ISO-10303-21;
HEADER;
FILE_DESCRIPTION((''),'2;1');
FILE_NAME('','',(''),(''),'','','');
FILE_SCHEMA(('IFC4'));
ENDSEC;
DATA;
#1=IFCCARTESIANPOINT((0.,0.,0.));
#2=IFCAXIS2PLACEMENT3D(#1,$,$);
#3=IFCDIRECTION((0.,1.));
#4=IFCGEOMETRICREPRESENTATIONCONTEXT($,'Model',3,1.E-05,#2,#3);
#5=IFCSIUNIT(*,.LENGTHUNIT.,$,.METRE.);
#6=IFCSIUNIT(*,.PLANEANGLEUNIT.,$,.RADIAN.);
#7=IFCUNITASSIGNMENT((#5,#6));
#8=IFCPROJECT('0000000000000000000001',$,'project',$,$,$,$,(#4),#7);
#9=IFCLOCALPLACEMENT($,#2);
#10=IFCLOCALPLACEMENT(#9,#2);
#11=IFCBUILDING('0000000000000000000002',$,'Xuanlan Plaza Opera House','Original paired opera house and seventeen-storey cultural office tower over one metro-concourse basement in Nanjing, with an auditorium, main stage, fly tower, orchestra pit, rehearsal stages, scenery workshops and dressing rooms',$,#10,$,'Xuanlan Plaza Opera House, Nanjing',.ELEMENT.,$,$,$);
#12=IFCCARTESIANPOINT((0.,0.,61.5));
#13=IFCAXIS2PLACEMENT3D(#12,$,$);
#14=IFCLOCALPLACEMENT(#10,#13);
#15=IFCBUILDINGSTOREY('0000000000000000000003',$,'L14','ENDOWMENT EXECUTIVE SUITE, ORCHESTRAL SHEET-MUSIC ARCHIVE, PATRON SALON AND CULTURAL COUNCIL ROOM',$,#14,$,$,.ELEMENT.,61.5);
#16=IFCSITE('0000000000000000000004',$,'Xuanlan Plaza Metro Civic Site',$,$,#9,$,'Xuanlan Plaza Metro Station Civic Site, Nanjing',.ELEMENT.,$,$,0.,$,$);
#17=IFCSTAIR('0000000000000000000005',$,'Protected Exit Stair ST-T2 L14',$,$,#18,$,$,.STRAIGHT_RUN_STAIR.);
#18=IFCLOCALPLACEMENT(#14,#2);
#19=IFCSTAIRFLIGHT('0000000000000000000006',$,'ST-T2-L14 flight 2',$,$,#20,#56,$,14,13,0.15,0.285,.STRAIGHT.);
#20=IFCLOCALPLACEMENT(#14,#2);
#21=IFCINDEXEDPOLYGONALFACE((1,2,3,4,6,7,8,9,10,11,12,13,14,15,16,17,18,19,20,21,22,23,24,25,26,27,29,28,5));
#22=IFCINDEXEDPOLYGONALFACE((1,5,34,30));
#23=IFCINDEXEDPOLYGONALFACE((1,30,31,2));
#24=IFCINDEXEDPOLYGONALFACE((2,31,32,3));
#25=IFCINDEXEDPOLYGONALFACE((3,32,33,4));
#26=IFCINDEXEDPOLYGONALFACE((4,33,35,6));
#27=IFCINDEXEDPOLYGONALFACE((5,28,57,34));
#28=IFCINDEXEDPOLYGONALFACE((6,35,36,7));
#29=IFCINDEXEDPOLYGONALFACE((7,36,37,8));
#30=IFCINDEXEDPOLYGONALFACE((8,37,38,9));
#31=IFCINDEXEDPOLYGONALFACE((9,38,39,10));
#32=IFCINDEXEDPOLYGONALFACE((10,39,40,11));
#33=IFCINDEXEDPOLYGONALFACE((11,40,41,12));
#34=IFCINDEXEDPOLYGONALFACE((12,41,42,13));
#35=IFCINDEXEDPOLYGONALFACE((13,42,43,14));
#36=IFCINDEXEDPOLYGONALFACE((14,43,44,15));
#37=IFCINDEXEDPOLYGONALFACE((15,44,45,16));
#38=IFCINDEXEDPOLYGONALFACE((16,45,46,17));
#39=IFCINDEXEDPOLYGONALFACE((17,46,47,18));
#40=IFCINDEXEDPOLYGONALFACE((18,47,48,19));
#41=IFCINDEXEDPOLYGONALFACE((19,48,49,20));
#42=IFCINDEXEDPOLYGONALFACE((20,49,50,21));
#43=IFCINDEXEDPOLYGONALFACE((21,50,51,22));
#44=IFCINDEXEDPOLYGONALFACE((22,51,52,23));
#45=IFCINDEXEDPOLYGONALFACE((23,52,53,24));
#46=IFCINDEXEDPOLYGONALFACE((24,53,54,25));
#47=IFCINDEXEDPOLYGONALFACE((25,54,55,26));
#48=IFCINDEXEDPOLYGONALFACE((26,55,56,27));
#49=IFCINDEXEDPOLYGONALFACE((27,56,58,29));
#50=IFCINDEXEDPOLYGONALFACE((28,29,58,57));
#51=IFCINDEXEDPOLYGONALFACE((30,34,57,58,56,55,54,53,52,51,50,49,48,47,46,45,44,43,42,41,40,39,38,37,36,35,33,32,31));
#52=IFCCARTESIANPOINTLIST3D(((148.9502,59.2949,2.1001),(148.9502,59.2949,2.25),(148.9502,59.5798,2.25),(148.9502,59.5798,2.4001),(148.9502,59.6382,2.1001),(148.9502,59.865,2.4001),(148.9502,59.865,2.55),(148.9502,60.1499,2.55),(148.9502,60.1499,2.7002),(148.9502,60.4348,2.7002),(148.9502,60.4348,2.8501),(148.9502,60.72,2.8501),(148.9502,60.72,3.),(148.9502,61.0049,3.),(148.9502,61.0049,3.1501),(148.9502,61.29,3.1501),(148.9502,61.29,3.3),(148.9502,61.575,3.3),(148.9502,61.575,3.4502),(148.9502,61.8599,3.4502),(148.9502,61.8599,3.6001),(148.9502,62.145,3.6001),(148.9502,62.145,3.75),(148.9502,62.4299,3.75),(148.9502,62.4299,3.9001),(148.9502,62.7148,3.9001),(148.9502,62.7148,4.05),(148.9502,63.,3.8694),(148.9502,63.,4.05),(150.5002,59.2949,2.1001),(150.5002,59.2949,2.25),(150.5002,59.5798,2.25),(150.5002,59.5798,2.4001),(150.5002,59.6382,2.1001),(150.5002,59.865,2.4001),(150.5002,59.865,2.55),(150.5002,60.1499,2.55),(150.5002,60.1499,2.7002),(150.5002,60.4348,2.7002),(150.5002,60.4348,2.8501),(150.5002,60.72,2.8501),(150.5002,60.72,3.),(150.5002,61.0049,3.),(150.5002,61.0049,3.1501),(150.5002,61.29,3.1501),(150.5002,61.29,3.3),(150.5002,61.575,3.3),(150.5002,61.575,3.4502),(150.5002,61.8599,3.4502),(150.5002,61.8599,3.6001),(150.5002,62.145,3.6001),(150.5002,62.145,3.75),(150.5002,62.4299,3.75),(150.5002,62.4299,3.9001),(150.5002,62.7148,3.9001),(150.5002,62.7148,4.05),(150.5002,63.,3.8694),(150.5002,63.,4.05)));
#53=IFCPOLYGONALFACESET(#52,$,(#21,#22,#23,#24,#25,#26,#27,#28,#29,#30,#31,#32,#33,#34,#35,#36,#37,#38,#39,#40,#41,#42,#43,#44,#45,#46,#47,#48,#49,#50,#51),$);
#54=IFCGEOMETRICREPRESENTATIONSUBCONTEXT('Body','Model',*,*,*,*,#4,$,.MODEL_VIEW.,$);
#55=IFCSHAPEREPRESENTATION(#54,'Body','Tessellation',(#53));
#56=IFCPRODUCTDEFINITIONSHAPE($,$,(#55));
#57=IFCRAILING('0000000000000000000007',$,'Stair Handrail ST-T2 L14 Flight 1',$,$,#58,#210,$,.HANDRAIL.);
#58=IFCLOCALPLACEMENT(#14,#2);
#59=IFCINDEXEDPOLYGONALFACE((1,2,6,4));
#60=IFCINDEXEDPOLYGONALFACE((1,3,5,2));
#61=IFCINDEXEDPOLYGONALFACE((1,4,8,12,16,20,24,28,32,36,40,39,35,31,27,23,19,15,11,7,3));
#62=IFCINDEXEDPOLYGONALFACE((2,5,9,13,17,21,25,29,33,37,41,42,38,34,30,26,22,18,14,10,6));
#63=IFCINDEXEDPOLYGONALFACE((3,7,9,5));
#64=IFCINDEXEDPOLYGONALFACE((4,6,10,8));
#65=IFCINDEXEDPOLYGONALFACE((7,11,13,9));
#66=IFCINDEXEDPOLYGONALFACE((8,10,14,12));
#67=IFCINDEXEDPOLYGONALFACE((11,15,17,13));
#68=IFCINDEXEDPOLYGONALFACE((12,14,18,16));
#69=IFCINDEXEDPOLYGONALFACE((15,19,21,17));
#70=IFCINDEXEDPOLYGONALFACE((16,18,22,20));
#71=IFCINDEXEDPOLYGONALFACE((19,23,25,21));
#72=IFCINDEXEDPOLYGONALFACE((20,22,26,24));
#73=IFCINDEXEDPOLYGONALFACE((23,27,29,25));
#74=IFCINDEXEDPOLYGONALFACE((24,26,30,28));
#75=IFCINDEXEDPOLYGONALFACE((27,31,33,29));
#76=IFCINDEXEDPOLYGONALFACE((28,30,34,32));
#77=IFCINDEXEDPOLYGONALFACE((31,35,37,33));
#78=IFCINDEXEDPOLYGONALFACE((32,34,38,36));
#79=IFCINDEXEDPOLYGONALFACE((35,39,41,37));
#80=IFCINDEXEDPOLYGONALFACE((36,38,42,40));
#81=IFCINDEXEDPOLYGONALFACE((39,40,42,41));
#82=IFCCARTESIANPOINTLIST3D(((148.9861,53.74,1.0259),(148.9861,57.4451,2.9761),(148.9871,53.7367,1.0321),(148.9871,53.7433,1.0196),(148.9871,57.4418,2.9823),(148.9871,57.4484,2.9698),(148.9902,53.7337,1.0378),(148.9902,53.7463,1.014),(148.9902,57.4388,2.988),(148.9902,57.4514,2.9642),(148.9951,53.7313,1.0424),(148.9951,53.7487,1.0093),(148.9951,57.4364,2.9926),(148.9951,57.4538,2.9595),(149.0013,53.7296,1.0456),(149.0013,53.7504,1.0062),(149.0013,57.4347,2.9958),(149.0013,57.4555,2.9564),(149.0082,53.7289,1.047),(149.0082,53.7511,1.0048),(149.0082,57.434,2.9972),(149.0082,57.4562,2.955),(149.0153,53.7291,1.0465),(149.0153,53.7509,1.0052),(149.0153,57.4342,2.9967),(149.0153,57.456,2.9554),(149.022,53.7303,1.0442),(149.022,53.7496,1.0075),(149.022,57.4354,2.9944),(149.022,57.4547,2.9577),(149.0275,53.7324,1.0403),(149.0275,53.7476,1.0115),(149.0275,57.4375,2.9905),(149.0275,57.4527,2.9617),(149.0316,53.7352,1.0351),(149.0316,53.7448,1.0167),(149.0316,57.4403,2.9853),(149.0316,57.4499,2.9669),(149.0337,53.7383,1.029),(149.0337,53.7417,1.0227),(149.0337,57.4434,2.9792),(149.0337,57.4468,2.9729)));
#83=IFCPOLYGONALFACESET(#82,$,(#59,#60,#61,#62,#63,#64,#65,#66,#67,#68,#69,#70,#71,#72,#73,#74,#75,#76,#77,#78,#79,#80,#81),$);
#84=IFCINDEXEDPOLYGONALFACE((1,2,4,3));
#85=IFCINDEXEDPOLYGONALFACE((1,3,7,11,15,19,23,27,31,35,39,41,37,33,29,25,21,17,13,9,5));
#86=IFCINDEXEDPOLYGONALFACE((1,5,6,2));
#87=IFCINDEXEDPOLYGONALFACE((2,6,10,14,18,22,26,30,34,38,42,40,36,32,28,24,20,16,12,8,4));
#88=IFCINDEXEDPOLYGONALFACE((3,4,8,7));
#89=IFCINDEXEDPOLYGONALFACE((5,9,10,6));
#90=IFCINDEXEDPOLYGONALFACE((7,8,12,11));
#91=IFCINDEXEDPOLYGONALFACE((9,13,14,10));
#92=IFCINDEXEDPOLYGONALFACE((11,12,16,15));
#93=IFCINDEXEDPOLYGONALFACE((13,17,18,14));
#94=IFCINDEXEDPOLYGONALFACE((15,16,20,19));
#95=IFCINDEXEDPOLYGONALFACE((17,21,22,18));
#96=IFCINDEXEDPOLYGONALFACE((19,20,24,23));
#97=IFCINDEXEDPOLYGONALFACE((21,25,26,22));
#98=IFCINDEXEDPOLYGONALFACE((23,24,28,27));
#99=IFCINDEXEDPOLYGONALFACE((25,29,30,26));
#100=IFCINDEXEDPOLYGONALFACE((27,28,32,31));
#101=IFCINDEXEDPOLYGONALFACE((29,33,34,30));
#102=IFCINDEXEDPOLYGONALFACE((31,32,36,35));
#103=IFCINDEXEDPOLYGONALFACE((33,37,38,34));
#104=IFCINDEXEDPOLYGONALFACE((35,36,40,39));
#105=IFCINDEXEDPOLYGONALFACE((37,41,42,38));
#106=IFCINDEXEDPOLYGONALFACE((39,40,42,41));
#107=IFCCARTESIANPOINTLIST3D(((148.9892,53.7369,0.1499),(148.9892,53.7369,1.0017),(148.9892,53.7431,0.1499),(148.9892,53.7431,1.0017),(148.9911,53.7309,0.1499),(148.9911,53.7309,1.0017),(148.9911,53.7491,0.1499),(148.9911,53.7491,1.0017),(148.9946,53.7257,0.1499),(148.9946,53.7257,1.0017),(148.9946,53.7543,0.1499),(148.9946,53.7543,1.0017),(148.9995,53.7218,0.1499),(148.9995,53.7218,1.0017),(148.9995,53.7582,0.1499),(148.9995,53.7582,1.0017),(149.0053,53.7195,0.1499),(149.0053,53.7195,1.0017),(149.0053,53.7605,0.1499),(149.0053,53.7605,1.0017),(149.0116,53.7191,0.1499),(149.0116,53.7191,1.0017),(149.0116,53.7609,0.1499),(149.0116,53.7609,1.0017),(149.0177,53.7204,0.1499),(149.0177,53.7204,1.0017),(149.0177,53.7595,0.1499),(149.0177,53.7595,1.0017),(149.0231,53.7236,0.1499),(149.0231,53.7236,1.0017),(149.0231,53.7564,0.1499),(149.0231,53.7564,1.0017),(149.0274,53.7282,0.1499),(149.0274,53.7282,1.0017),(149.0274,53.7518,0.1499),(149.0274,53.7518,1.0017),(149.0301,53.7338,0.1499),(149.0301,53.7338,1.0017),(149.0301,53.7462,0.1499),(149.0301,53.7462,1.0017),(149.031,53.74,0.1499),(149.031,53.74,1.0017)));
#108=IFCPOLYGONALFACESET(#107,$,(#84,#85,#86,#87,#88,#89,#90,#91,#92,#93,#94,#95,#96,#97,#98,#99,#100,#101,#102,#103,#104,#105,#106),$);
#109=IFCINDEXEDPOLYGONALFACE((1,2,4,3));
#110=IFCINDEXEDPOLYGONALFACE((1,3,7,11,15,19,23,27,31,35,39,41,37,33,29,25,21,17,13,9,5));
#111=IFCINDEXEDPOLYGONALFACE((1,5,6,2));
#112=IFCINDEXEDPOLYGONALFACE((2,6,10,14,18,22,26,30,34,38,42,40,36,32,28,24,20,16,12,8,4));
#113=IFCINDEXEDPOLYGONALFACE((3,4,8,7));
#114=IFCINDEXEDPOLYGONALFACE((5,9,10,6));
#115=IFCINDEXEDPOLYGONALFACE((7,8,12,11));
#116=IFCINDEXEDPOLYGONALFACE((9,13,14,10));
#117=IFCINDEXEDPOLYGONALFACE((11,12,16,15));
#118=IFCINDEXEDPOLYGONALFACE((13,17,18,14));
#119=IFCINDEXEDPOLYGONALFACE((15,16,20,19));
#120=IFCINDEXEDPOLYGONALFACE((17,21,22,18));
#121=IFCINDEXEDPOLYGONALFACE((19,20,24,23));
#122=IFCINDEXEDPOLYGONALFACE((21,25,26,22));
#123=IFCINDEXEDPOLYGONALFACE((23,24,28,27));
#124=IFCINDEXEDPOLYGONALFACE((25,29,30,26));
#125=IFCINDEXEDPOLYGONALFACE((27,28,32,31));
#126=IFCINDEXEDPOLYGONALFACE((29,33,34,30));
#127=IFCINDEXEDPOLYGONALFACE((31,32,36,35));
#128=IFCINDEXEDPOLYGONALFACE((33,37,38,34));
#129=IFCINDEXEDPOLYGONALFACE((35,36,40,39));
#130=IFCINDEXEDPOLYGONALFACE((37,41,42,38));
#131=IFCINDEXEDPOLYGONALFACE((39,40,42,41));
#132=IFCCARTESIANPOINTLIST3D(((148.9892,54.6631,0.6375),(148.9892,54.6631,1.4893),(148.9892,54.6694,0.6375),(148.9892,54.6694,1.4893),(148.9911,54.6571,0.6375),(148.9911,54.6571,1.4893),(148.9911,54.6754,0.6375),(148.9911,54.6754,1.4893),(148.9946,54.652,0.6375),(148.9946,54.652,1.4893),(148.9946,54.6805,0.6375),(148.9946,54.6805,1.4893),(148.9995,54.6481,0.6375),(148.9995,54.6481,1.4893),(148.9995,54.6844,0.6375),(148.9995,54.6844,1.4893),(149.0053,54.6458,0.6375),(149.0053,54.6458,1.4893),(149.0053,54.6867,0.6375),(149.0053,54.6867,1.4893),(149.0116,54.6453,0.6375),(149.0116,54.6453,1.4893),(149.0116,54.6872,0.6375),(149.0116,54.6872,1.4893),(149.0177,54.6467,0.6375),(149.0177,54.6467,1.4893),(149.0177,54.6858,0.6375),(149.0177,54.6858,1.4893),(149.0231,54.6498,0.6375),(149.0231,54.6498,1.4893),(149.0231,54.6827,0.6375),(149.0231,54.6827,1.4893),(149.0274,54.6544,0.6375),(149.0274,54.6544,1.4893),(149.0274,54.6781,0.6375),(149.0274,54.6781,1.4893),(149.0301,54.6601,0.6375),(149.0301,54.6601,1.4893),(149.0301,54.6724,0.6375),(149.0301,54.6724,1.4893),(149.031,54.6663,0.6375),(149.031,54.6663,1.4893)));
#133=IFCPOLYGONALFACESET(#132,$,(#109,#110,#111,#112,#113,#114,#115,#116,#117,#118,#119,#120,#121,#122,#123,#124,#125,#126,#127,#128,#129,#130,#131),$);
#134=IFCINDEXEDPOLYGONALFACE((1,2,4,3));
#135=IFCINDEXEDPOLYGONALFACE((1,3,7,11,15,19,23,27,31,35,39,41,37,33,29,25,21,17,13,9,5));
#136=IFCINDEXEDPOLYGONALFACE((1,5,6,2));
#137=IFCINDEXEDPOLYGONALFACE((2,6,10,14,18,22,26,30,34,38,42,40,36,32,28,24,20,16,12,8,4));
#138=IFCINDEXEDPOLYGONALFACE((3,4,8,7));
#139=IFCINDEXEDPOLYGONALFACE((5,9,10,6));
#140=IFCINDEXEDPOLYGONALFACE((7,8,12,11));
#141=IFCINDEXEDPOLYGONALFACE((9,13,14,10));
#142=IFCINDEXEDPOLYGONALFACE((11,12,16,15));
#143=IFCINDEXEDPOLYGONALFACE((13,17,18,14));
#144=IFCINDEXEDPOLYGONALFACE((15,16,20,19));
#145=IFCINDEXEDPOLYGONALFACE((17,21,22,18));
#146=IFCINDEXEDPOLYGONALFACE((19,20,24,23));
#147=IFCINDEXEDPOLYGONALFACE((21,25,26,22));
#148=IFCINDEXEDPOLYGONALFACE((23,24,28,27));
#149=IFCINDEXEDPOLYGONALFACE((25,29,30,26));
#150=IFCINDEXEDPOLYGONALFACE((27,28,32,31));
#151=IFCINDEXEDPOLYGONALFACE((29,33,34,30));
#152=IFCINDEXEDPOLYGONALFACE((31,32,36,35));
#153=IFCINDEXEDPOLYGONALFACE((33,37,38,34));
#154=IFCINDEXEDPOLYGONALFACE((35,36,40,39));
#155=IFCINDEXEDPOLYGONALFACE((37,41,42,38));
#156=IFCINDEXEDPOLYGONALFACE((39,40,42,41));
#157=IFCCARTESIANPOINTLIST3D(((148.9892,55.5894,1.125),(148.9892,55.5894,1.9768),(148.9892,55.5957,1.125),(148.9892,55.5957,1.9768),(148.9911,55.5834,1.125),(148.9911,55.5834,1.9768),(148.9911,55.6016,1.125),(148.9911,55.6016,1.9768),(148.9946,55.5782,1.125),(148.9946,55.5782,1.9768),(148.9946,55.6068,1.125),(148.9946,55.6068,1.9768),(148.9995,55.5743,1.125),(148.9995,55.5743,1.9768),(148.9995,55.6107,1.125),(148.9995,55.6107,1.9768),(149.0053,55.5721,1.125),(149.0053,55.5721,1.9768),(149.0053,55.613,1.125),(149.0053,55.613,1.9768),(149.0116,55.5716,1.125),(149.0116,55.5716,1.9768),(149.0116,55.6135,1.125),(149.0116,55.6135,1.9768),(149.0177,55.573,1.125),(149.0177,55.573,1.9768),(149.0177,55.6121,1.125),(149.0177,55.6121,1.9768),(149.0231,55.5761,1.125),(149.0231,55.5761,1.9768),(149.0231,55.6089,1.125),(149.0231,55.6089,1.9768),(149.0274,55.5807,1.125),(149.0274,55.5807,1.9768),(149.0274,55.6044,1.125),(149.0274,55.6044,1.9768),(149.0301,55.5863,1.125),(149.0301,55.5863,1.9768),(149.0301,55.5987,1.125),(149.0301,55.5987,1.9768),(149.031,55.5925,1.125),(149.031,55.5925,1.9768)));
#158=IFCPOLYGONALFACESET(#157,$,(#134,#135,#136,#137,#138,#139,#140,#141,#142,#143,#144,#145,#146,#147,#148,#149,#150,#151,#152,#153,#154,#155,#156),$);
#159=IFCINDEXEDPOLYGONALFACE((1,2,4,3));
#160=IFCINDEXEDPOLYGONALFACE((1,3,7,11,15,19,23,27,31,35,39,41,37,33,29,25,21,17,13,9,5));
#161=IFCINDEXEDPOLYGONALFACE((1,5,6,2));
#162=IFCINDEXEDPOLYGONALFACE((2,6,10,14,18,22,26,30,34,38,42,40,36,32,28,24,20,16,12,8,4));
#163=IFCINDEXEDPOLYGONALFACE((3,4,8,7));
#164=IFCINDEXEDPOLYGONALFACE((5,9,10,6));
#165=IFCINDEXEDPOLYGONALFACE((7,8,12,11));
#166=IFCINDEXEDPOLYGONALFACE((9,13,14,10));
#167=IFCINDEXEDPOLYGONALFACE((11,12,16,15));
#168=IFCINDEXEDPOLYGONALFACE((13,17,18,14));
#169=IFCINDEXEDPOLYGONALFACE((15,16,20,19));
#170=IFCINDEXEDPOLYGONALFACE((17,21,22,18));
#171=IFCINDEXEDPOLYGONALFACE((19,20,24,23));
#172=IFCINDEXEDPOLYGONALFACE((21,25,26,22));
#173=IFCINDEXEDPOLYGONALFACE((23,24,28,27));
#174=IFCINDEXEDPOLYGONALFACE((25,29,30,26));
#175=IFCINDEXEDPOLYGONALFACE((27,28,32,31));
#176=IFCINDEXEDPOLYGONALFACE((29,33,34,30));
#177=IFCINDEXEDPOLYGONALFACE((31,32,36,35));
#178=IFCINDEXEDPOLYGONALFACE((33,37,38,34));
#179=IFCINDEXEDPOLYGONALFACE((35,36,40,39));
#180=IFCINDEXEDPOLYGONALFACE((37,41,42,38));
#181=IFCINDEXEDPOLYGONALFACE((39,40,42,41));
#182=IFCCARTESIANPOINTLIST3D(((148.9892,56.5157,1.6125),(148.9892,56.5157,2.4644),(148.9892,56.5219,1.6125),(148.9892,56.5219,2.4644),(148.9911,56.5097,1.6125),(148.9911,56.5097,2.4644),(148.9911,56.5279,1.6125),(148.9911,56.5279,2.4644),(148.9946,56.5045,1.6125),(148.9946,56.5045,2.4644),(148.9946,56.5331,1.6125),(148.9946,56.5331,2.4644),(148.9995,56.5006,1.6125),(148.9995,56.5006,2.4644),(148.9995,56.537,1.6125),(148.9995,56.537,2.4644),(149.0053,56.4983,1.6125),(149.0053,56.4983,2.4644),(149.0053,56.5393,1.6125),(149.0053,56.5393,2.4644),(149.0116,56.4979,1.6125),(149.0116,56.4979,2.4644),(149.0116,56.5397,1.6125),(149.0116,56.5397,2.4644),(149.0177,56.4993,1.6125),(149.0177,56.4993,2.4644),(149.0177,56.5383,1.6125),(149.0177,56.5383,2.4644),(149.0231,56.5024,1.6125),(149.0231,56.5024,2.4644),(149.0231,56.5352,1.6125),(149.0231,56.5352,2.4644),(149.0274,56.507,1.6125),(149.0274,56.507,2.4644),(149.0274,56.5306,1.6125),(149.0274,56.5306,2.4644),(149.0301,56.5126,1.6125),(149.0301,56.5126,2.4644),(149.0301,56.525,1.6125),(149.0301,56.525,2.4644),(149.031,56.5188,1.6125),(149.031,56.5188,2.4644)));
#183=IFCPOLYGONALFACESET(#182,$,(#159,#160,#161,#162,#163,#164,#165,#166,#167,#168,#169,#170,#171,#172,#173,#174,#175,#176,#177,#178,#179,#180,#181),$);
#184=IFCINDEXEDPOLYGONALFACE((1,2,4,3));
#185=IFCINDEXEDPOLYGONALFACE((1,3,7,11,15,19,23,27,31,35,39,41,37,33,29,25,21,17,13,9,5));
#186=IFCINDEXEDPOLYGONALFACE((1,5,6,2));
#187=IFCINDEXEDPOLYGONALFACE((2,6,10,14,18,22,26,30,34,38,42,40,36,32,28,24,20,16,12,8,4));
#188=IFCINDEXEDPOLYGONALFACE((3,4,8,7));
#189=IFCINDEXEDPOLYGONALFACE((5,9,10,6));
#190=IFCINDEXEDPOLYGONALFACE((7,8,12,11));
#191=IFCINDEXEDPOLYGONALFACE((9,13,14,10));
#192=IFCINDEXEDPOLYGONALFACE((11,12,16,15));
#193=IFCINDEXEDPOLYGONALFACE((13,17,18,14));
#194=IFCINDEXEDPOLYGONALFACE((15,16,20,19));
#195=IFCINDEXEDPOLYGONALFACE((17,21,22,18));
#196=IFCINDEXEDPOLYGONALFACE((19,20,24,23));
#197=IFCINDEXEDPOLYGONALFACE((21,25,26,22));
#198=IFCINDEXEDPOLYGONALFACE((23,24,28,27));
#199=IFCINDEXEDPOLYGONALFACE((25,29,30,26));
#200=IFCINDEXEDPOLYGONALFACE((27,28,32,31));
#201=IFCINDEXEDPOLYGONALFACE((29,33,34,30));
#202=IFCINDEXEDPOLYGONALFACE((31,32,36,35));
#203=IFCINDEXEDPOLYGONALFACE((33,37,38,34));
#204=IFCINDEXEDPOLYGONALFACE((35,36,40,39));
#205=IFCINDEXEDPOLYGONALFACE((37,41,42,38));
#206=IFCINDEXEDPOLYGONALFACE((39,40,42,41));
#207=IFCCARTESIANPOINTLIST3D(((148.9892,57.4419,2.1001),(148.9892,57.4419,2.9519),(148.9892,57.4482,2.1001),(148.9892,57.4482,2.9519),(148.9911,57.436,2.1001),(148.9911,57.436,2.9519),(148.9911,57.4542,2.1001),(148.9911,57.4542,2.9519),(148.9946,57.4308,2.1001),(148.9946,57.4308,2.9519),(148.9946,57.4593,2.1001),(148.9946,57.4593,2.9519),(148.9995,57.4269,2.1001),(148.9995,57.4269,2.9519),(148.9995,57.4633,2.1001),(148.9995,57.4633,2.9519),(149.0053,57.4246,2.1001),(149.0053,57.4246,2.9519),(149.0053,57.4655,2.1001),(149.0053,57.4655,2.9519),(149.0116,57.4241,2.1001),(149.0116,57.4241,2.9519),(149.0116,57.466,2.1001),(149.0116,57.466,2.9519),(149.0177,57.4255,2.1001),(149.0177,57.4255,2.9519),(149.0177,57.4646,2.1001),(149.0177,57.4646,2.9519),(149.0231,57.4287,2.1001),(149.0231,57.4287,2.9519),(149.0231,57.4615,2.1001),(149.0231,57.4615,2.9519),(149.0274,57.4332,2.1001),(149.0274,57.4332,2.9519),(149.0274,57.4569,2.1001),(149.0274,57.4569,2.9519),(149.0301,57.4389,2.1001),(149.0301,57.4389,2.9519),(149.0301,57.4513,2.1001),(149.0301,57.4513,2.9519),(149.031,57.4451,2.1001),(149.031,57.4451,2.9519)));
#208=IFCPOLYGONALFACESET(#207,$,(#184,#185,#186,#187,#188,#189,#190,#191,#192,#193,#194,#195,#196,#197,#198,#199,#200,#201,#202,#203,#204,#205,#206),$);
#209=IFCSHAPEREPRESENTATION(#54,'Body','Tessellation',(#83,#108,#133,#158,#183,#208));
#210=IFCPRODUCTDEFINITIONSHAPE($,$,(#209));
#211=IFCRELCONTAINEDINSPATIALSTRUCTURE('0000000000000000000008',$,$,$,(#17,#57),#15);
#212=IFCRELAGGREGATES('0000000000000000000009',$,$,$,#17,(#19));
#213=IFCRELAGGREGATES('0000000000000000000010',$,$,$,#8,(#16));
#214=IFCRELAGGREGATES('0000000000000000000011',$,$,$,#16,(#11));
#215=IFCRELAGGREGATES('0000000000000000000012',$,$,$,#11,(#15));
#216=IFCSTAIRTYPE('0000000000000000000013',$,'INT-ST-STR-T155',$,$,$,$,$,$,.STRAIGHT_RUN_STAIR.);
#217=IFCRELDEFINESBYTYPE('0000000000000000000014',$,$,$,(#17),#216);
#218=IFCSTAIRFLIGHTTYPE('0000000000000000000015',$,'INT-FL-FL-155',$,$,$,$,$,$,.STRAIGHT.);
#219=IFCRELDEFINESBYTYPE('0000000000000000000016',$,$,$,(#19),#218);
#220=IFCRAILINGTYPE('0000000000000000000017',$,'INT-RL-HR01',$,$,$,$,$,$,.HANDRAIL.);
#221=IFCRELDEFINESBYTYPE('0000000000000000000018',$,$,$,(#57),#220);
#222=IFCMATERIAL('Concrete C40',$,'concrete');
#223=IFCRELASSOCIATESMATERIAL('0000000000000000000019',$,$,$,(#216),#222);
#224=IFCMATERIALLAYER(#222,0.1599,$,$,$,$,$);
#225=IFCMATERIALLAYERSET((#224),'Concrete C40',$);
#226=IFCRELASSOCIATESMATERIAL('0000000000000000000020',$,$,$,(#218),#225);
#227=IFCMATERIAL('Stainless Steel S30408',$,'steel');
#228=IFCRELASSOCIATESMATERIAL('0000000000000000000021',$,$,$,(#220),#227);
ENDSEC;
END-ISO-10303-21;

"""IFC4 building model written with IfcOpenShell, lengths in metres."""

from ifc_helpers import new_model, si_unit, direction, frame, origin, origin_2d, place, context, subcontext, project, spatial, polyline, circle, outline, extrude, material, layer, layer_set, type_object, element, aggregate, save


model = new_model("IFC4")

# Units and contexts
model_context = context("Model", 3, precision=1e-05, world=origin(), true_north=direction((0.0, 1.0)))
body_context = subcontext(model_context, "Body", "Model", "MODEL_VIEW")
ifc_project = project(units=[si_unit("LENGTHUNIT", "METRE"), si_unit("PLANEANGLEUNIT", "RADIAN")], contexts=[model_context])

# Site, building, storey
site_placement = place(None, origin())
site = spatial("IfcSite", under=ifc_project, at=site_placement, Name="Xuanlan Plaza Metro Civic Site", LongName="Xuanlan Plaza Metro Station Civic Site, Nanjing", CompositionType="ELEMENT", RefElevation=0.0)
building_placement = place(site_placement, origin())
building = spatial("IfcBuilding", under=site, at=building_placement, Name="Xuanlan Plaza Opera House", Description="Original paired opera house and seventeen-storey cultural office tower over one metro-concourse basement in Nanjing, with an auditorium, main stage, fly tower, orchestra pit, rehearsal stages, scenery workshops and dressing rooms", LongName="Xuanlan Plaza Opera House, Nanjing", CompositionType="ELEMENT")
storey_placement = place(building_placement, frame((0.0, 0.0, 61.5)))
storey = spatial("IfcBuildingStorey", under=building, at=storey_placement, Name="L14", Description="ENDOWMENT EXECUTIVE SUITE, ORCHESTRAL SHEET-MUSIC ARCHIVE, PATRON SALON AND CULTURAL COUNCIL ROOM", CompositionType="ELEMENT", Elevation=61.5)

# Shared definitions
ifc_material_1 = material(Name="Concrete C40", Category="concrete")

# Shared definitions
ifc_material_2 = material(Name="Stainless Steel S30408", Category="steel")

# Stair, stair flight
stair_type = type_object("IfcStairType", Name="INT-ST-STR-T155", PredefinedType="STRAIGHT_RUN_STAIR", material=ifc_material_1)
stair_placement = place(storey_placement, origin())
stair = element("IfcStair", 1, at=stair_placement, inside=storey, type_object=stair_type, Name="Protected Exit Stair ST-T2 L14", PredefinedType="STRAIGHT_RUN_STAIR")
ifc_layer_1 = layer(ifc_material_1, 0.1599)
ifc_layer_set_1 = layer_set([ifc_layer_1], Name="Concrete C40")
stair_flight_type = type_object("IfcStairFlightType", Name="INT-FL-FL-155", PredefinedType="STRAIGHT", material=ifc_layer_set_1)
stair_flight_1_placement = place(storey_placement, frame((149.7251, 59.2949, 2.1001), z_axis=(0.0, 0.0, 1.0), x_axis=(0.0, 1.0, 0.0)))
stair_flight_1 = element("IfcStairFlight", 2, at=stair_flight_1_placement, type_object=stair_flight_type, Name="ST-T2-L14 flight 2", NumberOfRisers=14, NumberOfTreads=13, PredefinedType="STRAIGHT", RiserHeight=0.15, TreadLength=0.285, context=body_context, shape_type="SweptSolid", body=[
    extrude(outline(polyline([(0.0, 0.0), (0.0, 0.1499), (0.2849, 0.1499), (0.2849, 0.3), (0.5701, 0.3), (0.5701, 0.45), (0.855, 0.45), (0.855, 0.6001), (1.1399, 0.6001), (1.1399, 0.75), (1.425, 0.75), (1.425, 0.8999), (1.71, 0.8999), (1.71, 1.05), (1.9951, 1.05), (1.9951, 1.2), (2.28, 1.2), (2.28, 1.3501), (2.5649, 1.3501), (2.5649, 1.5), (2.8501, 1.5), (2.8501, 1.6499), (3.135, 1.6499), (3.135, 1.8), (3.4199, 1.8), (3.4199, 1.95), (3.7051, 1.95), (3.7051, 2.1001), (3.7051, 1.7693), (0.3433, 0.0), (0.0, 0.0)])), frame((0.0, 0.7749, 0.0), z_axis=(0.0, -1.0, 0.0), x_axis=(1.0, 0.0, 0.0)), (0.0, 0.0, 1.0), 1.55),
])
aggregate(stair, [stair_flight_1])

# Railing
railing_type = type_object("IfcRailingType", Name="INT-RL-HR01", PredefinedType="HANDRAIL", material=ifc_material_2)
railing_1_placement = place(storey_placement, frame((149.01, 53.74, 0.1499)))
element("IfcRailing", 3, at=railing_1_placement, inside=storey, type_object=railing_type, Name="Stair Handrail ST-T2 L14 Flight 1", PredefinedType="HANDRAIL", context=body_context, shape_type="SweptSolid", body=[
    extrude(circle(Radius=0.0239, at=origin_2d()), frame((0.0, 0.0, 0.876), z_axis=(0.0, 0.884903, 0.465775), x_axis=(-1.0, 0.0, 0.0)), (0.0, 0.0, 1.0), 4.187),
    extrude(circle(Radius=0.021, at=origin_2d()), origin(), (0.0, 0.0, 1.0), 0.8518),
    extrude(circle(Radius=0.021, at=origin_2d()), frame((0.0, 0.9263, 0.4875)), (0.0, 0.0, 1.0), 0.8518),
    extrude(circle(Radius=0.021, at=origin_2d()), frame((0.0, 1.8525, 0.9751)), (0.0, 0.0, 1.0), 0.8518),
    extrude(circle(Radius=0.021, at=origin_2d()), frame((0.0, 2.7788, 1.4626)), (0.0, 0.0, 1.0), 0.8518),
    extrude(circle(Radius=0.021, at=origin_2d()), frame((0.0, 3.7051, 1.9502)), (0.0, 0.0, 1.0), 0.8518),
])

save(model, "model.ifc")
